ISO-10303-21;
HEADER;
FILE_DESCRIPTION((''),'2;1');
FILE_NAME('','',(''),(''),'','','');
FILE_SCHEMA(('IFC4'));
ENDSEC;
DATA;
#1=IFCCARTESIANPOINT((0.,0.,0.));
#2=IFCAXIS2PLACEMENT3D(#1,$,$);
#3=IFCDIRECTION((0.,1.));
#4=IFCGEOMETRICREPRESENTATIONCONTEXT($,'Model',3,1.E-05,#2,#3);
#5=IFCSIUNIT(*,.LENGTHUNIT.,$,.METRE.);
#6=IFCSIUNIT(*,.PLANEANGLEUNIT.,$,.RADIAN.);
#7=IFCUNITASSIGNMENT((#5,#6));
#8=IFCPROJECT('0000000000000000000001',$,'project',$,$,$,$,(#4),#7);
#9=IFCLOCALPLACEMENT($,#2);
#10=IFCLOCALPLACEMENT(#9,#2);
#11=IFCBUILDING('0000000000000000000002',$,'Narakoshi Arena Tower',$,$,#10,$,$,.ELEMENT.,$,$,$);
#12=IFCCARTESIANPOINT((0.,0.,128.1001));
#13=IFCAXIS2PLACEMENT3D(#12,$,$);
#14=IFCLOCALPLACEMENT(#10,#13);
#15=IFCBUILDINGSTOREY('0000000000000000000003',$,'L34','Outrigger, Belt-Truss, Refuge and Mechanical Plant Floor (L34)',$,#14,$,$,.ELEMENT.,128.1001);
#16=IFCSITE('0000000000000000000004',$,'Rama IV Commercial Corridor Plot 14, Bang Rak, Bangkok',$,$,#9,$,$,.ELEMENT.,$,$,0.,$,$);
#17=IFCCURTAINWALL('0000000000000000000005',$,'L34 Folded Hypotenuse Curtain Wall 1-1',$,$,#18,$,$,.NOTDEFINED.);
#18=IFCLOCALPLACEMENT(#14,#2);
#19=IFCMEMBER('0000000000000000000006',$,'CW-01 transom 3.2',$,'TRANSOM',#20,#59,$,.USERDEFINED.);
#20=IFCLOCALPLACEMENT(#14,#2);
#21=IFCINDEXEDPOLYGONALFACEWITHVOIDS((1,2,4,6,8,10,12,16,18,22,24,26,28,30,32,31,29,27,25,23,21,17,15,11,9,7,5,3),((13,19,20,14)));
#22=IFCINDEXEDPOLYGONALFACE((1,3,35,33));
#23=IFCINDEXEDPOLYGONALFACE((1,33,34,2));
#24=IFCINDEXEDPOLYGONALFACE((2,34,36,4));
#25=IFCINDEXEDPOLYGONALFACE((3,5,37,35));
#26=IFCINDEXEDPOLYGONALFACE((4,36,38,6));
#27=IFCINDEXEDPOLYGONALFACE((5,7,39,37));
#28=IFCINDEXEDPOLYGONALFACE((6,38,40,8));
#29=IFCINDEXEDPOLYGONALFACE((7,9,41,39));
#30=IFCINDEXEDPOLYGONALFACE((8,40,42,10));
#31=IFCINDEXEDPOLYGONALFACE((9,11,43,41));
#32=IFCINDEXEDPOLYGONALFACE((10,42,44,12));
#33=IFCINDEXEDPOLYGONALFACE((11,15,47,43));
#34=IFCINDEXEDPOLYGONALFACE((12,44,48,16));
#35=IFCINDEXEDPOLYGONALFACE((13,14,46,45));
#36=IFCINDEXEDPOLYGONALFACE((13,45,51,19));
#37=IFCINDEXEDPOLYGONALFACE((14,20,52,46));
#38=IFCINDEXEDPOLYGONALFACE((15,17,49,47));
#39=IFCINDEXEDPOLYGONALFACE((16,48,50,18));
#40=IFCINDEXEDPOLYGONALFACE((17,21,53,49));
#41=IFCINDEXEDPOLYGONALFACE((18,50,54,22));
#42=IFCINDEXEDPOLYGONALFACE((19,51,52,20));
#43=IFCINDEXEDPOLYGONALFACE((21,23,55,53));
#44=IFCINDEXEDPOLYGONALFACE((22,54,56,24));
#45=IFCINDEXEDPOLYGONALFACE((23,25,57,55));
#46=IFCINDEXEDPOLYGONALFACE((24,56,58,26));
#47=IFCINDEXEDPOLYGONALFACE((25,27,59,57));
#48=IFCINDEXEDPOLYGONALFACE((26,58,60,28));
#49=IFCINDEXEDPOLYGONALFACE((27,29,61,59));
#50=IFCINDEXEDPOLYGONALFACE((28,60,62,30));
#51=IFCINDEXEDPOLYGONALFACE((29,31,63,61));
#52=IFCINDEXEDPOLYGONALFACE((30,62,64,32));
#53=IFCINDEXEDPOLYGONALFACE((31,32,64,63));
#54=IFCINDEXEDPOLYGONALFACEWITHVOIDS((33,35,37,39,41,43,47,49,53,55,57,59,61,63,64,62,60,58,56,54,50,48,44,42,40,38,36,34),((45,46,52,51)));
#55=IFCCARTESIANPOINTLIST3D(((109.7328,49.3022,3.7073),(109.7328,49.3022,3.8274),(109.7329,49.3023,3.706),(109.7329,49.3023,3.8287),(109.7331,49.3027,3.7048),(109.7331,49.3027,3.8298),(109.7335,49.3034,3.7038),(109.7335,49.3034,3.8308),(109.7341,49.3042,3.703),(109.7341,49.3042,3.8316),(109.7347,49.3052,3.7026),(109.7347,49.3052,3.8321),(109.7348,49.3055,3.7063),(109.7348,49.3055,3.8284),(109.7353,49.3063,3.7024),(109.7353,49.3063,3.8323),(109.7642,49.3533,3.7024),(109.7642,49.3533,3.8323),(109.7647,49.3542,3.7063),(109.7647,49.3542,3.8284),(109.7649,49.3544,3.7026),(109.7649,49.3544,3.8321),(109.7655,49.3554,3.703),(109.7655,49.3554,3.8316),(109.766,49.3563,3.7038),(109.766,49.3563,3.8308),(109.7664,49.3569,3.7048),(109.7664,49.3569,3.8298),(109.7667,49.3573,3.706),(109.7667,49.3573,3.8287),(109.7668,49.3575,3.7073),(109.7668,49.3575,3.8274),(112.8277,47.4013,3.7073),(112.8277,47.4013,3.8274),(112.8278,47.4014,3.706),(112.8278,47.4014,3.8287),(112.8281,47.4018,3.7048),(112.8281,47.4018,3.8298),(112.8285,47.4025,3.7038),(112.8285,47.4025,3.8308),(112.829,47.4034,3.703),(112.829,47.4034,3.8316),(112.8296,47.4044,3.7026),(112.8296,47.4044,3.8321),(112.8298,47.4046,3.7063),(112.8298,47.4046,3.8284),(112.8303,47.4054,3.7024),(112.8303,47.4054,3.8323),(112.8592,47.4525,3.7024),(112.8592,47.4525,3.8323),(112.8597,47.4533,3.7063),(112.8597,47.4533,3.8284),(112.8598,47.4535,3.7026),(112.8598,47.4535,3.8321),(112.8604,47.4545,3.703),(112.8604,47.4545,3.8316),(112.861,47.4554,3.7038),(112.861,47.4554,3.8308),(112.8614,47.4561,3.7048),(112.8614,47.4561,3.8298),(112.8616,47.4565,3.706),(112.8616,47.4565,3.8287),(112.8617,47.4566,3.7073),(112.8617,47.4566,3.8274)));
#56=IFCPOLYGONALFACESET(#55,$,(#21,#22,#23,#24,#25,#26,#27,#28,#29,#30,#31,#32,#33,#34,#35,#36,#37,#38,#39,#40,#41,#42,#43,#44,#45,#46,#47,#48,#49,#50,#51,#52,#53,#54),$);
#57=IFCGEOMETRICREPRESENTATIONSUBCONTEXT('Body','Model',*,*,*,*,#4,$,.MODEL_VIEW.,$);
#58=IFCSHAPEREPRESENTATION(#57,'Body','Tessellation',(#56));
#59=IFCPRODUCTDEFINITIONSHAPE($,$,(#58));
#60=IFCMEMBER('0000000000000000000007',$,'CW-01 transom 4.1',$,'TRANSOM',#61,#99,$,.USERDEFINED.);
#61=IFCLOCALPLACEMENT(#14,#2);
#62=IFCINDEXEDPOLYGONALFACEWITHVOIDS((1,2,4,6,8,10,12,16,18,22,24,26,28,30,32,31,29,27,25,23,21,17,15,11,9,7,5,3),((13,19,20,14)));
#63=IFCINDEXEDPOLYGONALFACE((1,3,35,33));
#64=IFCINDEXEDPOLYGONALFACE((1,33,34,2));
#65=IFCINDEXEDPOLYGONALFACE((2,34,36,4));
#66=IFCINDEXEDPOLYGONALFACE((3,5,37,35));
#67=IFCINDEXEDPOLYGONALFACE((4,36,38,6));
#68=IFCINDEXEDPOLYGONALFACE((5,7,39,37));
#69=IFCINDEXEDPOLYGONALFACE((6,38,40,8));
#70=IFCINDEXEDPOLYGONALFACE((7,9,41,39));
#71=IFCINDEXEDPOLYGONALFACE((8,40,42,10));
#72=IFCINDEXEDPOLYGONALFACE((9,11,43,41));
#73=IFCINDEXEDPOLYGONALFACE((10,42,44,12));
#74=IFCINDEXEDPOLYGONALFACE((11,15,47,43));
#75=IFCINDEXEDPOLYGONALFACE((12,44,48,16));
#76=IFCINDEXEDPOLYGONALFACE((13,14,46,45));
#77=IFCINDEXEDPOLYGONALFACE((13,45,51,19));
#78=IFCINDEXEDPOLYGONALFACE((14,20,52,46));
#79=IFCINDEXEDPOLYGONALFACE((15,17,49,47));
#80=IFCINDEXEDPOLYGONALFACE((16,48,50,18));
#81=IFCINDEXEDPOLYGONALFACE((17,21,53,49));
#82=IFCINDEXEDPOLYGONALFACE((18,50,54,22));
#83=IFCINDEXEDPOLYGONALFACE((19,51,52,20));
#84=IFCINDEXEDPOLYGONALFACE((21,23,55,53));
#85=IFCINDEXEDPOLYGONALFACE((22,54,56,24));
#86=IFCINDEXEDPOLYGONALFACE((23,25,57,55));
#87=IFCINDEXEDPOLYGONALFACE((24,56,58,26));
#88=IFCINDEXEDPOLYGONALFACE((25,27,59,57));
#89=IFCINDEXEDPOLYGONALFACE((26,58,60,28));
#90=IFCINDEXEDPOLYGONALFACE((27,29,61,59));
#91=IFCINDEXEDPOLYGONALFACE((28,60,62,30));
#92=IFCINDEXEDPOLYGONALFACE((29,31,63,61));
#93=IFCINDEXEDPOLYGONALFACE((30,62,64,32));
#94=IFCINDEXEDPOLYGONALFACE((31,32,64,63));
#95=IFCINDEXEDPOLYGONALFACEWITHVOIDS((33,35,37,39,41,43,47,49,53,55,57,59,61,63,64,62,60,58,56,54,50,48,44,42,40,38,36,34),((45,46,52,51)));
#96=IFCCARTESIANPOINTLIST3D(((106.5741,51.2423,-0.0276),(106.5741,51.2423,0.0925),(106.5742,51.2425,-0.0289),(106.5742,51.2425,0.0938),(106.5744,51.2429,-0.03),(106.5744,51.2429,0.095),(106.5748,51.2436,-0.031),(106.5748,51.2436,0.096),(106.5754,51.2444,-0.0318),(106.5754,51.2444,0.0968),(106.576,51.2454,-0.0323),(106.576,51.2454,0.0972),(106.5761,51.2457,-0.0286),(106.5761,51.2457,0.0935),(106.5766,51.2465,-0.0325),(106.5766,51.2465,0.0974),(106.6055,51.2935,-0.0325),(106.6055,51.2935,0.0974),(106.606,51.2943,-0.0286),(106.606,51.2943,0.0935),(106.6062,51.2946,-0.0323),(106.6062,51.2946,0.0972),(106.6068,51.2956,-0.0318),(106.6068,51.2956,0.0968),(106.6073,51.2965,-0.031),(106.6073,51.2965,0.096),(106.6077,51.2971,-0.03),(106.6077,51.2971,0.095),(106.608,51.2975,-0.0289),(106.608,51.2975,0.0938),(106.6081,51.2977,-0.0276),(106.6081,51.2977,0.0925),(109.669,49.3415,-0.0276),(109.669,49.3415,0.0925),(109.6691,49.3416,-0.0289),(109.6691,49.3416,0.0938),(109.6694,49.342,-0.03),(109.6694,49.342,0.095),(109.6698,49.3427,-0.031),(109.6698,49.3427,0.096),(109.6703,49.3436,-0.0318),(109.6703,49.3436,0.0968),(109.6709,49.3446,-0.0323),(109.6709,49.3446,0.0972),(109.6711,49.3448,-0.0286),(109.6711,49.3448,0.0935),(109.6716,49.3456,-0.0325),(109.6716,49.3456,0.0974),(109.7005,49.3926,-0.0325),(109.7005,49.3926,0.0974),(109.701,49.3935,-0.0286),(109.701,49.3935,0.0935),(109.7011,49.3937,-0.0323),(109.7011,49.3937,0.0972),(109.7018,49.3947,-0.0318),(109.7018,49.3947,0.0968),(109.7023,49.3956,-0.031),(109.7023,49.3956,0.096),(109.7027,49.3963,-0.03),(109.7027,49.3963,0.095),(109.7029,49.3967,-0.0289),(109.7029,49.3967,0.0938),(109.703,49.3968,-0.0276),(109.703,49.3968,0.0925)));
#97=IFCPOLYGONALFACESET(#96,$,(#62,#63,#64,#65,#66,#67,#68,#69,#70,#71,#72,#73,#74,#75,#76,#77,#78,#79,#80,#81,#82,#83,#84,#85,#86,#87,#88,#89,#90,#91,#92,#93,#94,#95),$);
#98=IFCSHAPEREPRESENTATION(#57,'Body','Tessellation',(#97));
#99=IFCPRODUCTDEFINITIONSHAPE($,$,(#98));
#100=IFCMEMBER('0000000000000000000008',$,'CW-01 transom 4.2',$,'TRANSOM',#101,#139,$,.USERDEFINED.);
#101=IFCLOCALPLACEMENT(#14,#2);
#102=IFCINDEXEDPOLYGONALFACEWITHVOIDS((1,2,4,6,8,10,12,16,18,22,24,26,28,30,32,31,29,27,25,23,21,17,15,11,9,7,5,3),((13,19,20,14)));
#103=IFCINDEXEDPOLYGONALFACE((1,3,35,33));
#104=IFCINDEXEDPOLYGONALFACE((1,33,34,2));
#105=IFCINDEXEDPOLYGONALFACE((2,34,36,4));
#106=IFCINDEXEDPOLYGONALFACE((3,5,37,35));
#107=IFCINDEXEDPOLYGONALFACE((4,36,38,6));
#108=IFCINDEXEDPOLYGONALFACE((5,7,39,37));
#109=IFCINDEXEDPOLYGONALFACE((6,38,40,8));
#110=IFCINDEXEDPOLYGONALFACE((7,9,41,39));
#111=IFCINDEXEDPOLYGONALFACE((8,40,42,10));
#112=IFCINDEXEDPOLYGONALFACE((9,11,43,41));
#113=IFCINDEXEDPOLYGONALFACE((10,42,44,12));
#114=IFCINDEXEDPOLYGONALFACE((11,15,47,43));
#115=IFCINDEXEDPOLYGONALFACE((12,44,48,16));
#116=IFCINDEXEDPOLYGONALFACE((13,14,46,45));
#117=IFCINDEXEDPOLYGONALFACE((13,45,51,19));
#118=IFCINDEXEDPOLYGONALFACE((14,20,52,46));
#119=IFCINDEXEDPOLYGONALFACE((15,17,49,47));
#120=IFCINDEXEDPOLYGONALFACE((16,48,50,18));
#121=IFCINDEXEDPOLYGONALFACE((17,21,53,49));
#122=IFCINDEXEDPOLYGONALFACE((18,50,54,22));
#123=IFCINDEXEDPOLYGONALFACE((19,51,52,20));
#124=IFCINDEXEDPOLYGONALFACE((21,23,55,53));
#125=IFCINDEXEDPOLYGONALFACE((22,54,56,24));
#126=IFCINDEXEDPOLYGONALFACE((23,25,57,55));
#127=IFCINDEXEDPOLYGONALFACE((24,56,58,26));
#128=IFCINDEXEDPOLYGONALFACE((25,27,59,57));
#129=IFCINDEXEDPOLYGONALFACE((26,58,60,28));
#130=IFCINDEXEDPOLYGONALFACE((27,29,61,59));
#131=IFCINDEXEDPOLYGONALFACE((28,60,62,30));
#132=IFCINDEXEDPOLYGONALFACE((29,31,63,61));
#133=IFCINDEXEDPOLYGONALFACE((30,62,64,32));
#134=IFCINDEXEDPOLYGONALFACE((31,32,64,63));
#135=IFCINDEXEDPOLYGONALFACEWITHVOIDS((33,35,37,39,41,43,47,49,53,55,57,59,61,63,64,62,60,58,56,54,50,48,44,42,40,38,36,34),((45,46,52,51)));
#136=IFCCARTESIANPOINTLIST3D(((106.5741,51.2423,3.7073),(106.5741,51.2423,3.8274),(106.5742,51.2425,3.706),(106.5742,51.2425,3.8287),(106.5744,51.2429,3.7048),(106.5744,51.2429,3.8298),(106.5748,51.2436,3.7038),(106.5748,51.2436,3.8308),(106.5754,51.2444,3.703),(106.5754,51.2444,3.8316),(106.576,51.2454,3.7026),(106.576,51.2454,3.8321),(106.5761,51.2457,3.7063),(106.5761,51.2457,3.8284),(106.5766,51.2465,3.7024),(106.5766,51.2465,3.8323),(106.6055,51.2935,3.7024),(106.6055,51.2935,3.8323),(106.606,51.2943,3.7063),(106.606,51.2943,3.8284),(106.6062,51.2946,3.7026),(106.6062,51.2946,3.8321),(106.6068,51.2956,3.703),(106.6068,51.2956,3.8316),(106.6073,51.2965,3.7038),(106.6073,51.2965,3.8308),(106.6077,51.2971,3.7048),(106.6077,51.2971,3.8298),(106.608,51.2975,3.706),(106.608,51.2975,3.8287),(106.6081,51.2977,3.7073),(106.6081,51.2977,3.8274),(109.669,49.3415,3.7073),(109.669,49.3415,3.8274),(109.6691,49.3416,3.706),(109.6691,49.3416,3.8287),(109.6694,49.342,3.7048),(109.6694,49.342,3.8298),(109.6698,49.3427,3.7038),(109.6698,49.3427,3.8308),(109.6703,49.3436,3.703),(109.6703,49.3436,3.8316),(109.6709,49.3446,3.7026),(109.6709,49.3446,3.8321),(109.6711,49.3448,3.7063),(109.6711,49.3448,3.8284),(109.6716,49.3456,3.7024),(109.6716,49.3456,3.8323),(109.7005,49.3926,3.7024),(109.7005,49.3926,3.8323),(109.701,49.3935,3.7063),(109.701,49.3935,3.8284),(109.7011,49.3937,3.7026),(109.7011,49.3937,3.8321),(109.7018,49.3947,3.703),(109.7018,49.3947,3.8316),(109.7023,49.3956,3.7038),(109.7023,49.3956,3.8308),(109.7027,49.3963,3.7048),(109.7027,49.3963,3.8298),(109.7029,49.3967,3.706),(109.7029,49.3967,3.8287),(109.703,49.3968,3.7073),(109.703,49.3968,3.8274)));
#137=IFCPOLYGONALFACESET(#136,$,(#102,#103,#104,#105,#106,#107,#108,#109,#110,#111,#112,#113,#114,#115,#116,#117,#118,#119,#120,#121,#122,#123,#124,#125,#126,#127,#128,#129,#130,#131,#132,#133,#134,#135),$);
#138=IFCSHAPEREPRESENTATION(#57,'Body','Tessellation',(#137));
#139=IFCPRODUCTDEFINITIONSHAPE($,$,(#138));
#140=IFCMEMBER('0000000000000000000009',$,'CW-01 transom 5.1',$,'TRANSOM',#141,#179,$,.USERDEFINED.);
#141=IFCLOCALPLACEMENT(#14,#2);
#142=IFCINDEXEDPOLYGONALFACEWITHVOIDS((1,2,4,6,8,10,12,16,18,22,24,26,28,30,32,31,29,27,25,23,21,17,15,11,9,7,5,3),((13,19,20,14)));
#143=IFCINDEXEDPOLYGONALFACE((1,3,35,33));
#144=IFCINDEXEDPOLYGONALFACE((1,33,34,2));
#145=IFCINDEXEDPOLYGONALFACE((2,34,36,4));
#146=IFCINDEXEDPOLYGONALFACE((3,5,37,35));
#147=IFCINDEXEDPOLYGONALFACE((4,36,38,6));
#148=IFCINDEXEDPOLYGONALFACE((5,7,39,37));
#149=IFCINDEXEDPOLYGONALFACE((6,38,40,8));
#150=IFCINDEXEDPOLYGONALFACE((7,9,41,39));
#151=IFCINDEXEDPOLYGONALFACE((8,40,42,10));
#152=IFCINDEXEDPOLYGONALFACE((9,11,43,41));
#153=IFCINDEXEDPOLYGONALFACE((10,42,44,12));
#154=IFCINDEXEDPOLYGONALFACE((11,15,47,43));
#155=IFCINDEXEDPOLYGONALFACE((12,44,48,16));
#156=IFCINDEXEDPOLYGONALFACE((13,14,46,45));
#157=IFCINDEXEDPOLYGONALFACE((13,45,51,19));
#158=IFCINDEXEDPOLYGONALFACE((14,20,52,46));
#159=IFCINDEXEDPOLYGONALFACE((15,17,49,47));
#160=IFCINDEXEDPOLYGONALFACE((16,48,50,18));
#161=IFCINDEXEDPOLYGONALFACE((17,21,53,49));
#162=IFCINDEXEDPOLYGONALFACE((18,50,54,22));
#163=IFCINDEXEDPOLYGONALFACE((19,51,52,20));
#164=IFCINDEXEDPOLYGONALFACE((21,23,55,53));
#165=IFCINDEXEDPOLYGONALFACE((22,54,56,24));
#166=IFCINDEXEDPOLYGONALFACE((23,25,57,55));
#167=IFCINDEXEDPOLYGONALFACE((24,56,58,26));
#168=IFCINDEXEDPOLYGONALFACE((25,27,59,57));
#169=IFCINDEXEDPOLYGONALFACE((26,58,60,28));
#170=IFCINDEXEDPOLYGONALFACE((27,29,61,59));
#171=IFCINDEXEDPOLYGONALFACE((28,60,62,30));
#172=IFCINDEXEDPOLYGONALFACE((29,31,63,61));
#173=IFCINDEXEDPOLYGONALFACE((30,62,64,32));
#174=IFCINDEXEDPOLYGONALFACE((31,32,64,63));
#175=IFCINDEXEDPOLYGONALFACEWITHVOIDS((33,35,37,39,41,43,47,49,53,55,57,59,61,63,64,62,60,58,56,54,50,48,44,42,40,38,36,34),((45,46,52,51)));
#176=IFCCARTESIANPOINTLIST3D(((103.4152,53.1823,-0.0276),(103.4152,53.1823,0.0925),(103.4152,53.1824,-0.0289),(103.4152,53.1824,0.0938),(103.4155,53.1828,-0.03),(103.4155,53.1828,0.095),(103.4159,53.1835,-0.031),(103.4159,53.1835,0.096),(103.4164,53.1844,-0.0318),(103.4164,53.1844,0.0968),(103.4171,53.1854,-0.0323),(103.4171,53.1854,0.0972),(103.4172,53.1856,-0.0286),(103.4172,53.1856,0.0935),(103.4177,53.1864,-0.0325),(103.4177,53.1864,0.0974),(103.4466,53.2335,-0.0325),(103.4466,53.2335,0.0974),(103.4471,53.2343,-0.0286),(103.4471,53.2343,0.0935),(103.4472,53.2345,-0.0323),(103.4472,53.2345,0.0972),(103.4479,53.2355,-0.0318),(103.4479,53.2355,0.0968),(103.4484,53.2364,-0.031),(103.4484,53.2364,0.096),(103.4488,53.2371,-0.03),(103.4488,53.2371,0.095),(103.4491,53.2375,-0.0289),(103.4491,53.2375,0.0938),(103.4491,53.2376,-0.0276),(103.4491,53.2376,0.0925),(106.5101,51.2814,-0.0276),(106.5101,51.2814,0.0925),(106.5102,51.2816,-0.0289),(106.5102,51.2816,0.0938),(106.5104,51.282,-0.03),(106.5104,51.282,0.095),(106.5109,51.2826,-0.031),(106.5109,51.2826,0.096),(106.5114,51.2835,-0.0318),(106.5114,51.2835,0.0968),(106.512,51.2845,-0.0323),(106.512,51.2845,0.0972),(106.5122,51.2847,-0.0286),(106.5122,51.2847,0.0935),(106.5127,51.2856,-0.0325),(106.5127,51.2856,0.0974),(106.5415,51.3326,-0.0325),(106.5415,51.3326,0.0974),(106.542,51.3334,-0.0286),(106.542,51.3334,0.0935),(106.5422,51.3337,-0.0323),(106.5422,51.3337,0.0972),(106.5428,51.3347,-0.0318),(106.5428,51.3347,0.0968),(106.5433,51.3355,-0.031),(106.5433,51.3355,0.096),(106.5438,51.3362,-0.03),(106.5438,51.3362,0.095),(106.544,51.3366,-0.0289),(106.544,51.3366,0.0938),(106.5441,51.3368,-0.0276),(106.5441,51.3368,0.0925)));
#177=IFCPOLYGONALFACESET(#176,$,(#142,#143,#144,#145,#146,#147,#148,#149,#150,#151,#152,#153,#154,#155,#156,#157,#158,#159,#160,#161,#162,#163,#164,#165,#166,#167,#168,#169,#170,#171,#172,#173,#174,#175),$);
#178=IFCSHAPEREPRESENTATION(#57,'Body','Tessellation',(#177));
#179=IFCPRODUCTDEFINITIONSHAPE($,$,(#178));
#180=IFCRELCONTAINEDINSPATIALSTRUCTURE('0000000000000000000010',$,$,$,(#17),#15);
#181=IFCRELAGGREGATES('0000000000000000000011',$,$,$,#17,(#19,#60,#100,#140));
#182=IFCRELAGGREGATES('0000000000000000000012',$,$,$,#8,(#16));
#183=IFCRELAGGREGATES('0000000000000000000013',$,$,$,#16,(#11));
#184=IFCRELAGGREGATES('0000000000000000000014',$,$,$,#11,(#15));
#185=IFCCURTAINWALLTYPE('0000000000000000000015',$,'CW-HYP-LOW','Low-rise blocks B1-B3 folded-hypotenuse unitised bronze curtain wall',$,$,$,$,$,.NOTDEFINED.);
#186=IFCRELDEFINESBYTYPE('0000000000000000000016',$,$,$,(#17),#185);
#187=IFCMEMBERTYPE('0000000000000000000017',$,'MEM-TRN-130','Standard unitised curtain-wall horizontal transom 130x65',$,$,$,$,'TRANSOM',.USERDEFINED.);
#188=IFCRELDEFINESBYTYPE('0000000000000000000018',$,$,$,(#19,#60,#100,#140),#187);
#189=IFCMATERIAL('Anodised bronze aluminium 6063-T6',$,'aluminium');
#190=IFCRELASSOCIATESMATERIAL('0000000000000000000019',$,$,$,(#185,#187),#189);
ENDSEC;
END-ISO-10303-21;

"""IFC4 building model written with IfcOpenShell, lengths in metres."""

from ifc_helpers import new_model, si_unit, direction, frame, origin, origin_2d, place, context, subcontext, project, spatial, hollow_rectangle, extrude, material, material_profile, profile_set, type_object, element, aggregate, save


model = new_model("IFC4")

# Units and contexts
model_context = context("Model", 3, precision=1e-05, world=origin(), true_north=direction((0.0, 1.0)))
body_context = subcontext(model_context, "Body", "Model", "MODEL_VIEW")
ifc_project = project(units=[si_unit("LENGTHUNIT", "METRE"), si_unit("PLANEANGLEUNIT", "RADIAN")], contexts=[model_context])

# Site, building, storey
site_placement = place(None, origin())
site = spatial("IfcSite", under=ifc_project, at=site_placement, Name="Rama IV Commercial Corridor Plot 14, Bang Rak, Bangkok", CompositionType="ELEMENT", RefElevation=0.0)
building_placement = place(site_placement, origin())
building = spatial("IfcBuilding", under=site, at=building_placement, Name="Narakoshi Arena Tower", CompositionType="ELEMENT")
storey_placement = place(building_placement, frame((0.0, 0.0, 128.1001)))
storey = spatial("IfcBuildingStorey", under=building, at=storey_placement, Name="L34", Description="Outrigger, Belt-Truss, Refuge and Mechanical Plant Floor (L34)", CompositionType="ELEMENT", Elevation=128.1001)

# Curtain wall, members
ifc_material_1 = material(Name="Anodised bronze aluminium 6063-T6", Category="aluminium")
curtain_wall_type = type_object("IfcCurtainWallType", Name="CW-HYP-LOW", Description="Low-rise blocks B1-B3 folded-hypotenuse unitised bronze curtain wall", PredefinedType="NOTDEFINED", material=ifc_material_1)
curtain_wall_placement = place(storey_placement, origin())
curtain_wall = element("IfcCurtainWall", 1, at=curtain_wall_placement, inside=storey, type_object=curtain_wall_type, Name="L34 Folded Hypotenuse Curtain Wall 1-1", PredefinedType="NOTDEFINED")
ifc_material_profile_1 = material_profile(ifc_material_1, hollow_rectangle(XDim=0.0649, YDim=0.1299, WallThickness=0.0039, OuterFilletRadius=0.0049, at=origin_2d()), Name="TRN130x65x4")
ifc_profile_set_1 = profile_set([ifc_material_profile_1], Name="Anodised bronze aluminium 6063-T6")
member_type_1 = type_object("IfcMemberType", Name="MEM-TRN-130", Description="Standard unitised curtain-wall horizontal transom 130x65", ElementType="TRANSOM", PredefinedType="USERDEFINED", material=ifc_profile_set_1)
member_1_placement = place(storey_placement, frame((112.8447, 47.429, 3.7673), z_axis=(-0.852115, 0.523355, 0.0), x_axis=(-0.523355, -0.852115, 0.0)))
member_1 = element("IfcMember", 2, at=member_1_placement, type_object=member_type_1, Name="CW-01 transom 3.2", ObjectType="TRANSOM", PredefinedType="USERDEFINED", context=body_context, shape_type="SweptSolid", body=[
    extrude(hollow_rectangle(XDim=0.0649, YDim=0.1299, WallThickness=0.0039, OuterFilletRadius=0.0049, at=origin_2d()), origin(), (0.0, 0.0, 1.0), 3.6321),
])
member_2_placement = place(storey_placement, frame((109.686, 49.3691, 0.0325), z_axis=(-0.852115, 0.523355, 0.0), x_axis=(-0.523355, -0.852115, 0.0)))
member_2 = element("IfcMember", 3, at=member_2_placement, type_object=member_type_1, Name="CW-01 transom 4.1", ObjectType="TRANSOM", PredefinedType="USERDEFINED", context=body_context, shape_type="SweptSolid", body=[
    extrude(hollow_rectangle(XDim=0.0649, YDim=0.1299, WallThickness=0.0039, OuterFilletRadius=0.0049, at=origin_2d()), origin(), (0.0, 0.0, 1.0), 3.6321),
])
member_3_placement = place(storey_placement, frame((109.686, 49.3691, 3.7673), z_axis=(-0.852115, 0.523355, 0.0), x_axis=(-0.523355, -0.852115, 0.0)))
member_3 = element("IfcMember", 4, at=member_3_placement, type_object=member_type_1, Name="CW-01 transom 4.2", ObjectType="TRANSOM", PredefinedType="USERDEFINED", context=body_context, shape_type="SweptSolid", body=[
    extrude(hollow_rectangle(XDim=0.0649, YDim=0.1299, WallThickness=0.0039, OuterFilletRadius=0.0049, at=origin_2d()), origin(), (0.0, 0.0, 1.0), 3.6321),
])
member_4_placement = place(storey_placement, frame((106.5271, 51.3091, 0.0325), z_axis=(-0.852115, 0.523355, 0.0), x_axis=(-0.523355, -0.852115, 0.0)))
member_4 = element("IfcMember", 5, at=member_4_placement, type_object=member_type_1, Name="CW-01 transom 5.1", ObjectType="TRANSOM", PredefinedType="USERDEFINED", context=body_context, shape_type="SweptSolid", body=[
    extrude(hollow_rectangle(XDim=0.0649, YDim=0.1299, WallThickness=0.0039, OuterFilletRadius=0.0049, at=origin_2d()), origin(), (0.0, 0.0, 1.0), 3.6321),
])
aggregate(curtain_wall, [member_1, member_2, member_3, member_4])

save(model, "model.ifc")
